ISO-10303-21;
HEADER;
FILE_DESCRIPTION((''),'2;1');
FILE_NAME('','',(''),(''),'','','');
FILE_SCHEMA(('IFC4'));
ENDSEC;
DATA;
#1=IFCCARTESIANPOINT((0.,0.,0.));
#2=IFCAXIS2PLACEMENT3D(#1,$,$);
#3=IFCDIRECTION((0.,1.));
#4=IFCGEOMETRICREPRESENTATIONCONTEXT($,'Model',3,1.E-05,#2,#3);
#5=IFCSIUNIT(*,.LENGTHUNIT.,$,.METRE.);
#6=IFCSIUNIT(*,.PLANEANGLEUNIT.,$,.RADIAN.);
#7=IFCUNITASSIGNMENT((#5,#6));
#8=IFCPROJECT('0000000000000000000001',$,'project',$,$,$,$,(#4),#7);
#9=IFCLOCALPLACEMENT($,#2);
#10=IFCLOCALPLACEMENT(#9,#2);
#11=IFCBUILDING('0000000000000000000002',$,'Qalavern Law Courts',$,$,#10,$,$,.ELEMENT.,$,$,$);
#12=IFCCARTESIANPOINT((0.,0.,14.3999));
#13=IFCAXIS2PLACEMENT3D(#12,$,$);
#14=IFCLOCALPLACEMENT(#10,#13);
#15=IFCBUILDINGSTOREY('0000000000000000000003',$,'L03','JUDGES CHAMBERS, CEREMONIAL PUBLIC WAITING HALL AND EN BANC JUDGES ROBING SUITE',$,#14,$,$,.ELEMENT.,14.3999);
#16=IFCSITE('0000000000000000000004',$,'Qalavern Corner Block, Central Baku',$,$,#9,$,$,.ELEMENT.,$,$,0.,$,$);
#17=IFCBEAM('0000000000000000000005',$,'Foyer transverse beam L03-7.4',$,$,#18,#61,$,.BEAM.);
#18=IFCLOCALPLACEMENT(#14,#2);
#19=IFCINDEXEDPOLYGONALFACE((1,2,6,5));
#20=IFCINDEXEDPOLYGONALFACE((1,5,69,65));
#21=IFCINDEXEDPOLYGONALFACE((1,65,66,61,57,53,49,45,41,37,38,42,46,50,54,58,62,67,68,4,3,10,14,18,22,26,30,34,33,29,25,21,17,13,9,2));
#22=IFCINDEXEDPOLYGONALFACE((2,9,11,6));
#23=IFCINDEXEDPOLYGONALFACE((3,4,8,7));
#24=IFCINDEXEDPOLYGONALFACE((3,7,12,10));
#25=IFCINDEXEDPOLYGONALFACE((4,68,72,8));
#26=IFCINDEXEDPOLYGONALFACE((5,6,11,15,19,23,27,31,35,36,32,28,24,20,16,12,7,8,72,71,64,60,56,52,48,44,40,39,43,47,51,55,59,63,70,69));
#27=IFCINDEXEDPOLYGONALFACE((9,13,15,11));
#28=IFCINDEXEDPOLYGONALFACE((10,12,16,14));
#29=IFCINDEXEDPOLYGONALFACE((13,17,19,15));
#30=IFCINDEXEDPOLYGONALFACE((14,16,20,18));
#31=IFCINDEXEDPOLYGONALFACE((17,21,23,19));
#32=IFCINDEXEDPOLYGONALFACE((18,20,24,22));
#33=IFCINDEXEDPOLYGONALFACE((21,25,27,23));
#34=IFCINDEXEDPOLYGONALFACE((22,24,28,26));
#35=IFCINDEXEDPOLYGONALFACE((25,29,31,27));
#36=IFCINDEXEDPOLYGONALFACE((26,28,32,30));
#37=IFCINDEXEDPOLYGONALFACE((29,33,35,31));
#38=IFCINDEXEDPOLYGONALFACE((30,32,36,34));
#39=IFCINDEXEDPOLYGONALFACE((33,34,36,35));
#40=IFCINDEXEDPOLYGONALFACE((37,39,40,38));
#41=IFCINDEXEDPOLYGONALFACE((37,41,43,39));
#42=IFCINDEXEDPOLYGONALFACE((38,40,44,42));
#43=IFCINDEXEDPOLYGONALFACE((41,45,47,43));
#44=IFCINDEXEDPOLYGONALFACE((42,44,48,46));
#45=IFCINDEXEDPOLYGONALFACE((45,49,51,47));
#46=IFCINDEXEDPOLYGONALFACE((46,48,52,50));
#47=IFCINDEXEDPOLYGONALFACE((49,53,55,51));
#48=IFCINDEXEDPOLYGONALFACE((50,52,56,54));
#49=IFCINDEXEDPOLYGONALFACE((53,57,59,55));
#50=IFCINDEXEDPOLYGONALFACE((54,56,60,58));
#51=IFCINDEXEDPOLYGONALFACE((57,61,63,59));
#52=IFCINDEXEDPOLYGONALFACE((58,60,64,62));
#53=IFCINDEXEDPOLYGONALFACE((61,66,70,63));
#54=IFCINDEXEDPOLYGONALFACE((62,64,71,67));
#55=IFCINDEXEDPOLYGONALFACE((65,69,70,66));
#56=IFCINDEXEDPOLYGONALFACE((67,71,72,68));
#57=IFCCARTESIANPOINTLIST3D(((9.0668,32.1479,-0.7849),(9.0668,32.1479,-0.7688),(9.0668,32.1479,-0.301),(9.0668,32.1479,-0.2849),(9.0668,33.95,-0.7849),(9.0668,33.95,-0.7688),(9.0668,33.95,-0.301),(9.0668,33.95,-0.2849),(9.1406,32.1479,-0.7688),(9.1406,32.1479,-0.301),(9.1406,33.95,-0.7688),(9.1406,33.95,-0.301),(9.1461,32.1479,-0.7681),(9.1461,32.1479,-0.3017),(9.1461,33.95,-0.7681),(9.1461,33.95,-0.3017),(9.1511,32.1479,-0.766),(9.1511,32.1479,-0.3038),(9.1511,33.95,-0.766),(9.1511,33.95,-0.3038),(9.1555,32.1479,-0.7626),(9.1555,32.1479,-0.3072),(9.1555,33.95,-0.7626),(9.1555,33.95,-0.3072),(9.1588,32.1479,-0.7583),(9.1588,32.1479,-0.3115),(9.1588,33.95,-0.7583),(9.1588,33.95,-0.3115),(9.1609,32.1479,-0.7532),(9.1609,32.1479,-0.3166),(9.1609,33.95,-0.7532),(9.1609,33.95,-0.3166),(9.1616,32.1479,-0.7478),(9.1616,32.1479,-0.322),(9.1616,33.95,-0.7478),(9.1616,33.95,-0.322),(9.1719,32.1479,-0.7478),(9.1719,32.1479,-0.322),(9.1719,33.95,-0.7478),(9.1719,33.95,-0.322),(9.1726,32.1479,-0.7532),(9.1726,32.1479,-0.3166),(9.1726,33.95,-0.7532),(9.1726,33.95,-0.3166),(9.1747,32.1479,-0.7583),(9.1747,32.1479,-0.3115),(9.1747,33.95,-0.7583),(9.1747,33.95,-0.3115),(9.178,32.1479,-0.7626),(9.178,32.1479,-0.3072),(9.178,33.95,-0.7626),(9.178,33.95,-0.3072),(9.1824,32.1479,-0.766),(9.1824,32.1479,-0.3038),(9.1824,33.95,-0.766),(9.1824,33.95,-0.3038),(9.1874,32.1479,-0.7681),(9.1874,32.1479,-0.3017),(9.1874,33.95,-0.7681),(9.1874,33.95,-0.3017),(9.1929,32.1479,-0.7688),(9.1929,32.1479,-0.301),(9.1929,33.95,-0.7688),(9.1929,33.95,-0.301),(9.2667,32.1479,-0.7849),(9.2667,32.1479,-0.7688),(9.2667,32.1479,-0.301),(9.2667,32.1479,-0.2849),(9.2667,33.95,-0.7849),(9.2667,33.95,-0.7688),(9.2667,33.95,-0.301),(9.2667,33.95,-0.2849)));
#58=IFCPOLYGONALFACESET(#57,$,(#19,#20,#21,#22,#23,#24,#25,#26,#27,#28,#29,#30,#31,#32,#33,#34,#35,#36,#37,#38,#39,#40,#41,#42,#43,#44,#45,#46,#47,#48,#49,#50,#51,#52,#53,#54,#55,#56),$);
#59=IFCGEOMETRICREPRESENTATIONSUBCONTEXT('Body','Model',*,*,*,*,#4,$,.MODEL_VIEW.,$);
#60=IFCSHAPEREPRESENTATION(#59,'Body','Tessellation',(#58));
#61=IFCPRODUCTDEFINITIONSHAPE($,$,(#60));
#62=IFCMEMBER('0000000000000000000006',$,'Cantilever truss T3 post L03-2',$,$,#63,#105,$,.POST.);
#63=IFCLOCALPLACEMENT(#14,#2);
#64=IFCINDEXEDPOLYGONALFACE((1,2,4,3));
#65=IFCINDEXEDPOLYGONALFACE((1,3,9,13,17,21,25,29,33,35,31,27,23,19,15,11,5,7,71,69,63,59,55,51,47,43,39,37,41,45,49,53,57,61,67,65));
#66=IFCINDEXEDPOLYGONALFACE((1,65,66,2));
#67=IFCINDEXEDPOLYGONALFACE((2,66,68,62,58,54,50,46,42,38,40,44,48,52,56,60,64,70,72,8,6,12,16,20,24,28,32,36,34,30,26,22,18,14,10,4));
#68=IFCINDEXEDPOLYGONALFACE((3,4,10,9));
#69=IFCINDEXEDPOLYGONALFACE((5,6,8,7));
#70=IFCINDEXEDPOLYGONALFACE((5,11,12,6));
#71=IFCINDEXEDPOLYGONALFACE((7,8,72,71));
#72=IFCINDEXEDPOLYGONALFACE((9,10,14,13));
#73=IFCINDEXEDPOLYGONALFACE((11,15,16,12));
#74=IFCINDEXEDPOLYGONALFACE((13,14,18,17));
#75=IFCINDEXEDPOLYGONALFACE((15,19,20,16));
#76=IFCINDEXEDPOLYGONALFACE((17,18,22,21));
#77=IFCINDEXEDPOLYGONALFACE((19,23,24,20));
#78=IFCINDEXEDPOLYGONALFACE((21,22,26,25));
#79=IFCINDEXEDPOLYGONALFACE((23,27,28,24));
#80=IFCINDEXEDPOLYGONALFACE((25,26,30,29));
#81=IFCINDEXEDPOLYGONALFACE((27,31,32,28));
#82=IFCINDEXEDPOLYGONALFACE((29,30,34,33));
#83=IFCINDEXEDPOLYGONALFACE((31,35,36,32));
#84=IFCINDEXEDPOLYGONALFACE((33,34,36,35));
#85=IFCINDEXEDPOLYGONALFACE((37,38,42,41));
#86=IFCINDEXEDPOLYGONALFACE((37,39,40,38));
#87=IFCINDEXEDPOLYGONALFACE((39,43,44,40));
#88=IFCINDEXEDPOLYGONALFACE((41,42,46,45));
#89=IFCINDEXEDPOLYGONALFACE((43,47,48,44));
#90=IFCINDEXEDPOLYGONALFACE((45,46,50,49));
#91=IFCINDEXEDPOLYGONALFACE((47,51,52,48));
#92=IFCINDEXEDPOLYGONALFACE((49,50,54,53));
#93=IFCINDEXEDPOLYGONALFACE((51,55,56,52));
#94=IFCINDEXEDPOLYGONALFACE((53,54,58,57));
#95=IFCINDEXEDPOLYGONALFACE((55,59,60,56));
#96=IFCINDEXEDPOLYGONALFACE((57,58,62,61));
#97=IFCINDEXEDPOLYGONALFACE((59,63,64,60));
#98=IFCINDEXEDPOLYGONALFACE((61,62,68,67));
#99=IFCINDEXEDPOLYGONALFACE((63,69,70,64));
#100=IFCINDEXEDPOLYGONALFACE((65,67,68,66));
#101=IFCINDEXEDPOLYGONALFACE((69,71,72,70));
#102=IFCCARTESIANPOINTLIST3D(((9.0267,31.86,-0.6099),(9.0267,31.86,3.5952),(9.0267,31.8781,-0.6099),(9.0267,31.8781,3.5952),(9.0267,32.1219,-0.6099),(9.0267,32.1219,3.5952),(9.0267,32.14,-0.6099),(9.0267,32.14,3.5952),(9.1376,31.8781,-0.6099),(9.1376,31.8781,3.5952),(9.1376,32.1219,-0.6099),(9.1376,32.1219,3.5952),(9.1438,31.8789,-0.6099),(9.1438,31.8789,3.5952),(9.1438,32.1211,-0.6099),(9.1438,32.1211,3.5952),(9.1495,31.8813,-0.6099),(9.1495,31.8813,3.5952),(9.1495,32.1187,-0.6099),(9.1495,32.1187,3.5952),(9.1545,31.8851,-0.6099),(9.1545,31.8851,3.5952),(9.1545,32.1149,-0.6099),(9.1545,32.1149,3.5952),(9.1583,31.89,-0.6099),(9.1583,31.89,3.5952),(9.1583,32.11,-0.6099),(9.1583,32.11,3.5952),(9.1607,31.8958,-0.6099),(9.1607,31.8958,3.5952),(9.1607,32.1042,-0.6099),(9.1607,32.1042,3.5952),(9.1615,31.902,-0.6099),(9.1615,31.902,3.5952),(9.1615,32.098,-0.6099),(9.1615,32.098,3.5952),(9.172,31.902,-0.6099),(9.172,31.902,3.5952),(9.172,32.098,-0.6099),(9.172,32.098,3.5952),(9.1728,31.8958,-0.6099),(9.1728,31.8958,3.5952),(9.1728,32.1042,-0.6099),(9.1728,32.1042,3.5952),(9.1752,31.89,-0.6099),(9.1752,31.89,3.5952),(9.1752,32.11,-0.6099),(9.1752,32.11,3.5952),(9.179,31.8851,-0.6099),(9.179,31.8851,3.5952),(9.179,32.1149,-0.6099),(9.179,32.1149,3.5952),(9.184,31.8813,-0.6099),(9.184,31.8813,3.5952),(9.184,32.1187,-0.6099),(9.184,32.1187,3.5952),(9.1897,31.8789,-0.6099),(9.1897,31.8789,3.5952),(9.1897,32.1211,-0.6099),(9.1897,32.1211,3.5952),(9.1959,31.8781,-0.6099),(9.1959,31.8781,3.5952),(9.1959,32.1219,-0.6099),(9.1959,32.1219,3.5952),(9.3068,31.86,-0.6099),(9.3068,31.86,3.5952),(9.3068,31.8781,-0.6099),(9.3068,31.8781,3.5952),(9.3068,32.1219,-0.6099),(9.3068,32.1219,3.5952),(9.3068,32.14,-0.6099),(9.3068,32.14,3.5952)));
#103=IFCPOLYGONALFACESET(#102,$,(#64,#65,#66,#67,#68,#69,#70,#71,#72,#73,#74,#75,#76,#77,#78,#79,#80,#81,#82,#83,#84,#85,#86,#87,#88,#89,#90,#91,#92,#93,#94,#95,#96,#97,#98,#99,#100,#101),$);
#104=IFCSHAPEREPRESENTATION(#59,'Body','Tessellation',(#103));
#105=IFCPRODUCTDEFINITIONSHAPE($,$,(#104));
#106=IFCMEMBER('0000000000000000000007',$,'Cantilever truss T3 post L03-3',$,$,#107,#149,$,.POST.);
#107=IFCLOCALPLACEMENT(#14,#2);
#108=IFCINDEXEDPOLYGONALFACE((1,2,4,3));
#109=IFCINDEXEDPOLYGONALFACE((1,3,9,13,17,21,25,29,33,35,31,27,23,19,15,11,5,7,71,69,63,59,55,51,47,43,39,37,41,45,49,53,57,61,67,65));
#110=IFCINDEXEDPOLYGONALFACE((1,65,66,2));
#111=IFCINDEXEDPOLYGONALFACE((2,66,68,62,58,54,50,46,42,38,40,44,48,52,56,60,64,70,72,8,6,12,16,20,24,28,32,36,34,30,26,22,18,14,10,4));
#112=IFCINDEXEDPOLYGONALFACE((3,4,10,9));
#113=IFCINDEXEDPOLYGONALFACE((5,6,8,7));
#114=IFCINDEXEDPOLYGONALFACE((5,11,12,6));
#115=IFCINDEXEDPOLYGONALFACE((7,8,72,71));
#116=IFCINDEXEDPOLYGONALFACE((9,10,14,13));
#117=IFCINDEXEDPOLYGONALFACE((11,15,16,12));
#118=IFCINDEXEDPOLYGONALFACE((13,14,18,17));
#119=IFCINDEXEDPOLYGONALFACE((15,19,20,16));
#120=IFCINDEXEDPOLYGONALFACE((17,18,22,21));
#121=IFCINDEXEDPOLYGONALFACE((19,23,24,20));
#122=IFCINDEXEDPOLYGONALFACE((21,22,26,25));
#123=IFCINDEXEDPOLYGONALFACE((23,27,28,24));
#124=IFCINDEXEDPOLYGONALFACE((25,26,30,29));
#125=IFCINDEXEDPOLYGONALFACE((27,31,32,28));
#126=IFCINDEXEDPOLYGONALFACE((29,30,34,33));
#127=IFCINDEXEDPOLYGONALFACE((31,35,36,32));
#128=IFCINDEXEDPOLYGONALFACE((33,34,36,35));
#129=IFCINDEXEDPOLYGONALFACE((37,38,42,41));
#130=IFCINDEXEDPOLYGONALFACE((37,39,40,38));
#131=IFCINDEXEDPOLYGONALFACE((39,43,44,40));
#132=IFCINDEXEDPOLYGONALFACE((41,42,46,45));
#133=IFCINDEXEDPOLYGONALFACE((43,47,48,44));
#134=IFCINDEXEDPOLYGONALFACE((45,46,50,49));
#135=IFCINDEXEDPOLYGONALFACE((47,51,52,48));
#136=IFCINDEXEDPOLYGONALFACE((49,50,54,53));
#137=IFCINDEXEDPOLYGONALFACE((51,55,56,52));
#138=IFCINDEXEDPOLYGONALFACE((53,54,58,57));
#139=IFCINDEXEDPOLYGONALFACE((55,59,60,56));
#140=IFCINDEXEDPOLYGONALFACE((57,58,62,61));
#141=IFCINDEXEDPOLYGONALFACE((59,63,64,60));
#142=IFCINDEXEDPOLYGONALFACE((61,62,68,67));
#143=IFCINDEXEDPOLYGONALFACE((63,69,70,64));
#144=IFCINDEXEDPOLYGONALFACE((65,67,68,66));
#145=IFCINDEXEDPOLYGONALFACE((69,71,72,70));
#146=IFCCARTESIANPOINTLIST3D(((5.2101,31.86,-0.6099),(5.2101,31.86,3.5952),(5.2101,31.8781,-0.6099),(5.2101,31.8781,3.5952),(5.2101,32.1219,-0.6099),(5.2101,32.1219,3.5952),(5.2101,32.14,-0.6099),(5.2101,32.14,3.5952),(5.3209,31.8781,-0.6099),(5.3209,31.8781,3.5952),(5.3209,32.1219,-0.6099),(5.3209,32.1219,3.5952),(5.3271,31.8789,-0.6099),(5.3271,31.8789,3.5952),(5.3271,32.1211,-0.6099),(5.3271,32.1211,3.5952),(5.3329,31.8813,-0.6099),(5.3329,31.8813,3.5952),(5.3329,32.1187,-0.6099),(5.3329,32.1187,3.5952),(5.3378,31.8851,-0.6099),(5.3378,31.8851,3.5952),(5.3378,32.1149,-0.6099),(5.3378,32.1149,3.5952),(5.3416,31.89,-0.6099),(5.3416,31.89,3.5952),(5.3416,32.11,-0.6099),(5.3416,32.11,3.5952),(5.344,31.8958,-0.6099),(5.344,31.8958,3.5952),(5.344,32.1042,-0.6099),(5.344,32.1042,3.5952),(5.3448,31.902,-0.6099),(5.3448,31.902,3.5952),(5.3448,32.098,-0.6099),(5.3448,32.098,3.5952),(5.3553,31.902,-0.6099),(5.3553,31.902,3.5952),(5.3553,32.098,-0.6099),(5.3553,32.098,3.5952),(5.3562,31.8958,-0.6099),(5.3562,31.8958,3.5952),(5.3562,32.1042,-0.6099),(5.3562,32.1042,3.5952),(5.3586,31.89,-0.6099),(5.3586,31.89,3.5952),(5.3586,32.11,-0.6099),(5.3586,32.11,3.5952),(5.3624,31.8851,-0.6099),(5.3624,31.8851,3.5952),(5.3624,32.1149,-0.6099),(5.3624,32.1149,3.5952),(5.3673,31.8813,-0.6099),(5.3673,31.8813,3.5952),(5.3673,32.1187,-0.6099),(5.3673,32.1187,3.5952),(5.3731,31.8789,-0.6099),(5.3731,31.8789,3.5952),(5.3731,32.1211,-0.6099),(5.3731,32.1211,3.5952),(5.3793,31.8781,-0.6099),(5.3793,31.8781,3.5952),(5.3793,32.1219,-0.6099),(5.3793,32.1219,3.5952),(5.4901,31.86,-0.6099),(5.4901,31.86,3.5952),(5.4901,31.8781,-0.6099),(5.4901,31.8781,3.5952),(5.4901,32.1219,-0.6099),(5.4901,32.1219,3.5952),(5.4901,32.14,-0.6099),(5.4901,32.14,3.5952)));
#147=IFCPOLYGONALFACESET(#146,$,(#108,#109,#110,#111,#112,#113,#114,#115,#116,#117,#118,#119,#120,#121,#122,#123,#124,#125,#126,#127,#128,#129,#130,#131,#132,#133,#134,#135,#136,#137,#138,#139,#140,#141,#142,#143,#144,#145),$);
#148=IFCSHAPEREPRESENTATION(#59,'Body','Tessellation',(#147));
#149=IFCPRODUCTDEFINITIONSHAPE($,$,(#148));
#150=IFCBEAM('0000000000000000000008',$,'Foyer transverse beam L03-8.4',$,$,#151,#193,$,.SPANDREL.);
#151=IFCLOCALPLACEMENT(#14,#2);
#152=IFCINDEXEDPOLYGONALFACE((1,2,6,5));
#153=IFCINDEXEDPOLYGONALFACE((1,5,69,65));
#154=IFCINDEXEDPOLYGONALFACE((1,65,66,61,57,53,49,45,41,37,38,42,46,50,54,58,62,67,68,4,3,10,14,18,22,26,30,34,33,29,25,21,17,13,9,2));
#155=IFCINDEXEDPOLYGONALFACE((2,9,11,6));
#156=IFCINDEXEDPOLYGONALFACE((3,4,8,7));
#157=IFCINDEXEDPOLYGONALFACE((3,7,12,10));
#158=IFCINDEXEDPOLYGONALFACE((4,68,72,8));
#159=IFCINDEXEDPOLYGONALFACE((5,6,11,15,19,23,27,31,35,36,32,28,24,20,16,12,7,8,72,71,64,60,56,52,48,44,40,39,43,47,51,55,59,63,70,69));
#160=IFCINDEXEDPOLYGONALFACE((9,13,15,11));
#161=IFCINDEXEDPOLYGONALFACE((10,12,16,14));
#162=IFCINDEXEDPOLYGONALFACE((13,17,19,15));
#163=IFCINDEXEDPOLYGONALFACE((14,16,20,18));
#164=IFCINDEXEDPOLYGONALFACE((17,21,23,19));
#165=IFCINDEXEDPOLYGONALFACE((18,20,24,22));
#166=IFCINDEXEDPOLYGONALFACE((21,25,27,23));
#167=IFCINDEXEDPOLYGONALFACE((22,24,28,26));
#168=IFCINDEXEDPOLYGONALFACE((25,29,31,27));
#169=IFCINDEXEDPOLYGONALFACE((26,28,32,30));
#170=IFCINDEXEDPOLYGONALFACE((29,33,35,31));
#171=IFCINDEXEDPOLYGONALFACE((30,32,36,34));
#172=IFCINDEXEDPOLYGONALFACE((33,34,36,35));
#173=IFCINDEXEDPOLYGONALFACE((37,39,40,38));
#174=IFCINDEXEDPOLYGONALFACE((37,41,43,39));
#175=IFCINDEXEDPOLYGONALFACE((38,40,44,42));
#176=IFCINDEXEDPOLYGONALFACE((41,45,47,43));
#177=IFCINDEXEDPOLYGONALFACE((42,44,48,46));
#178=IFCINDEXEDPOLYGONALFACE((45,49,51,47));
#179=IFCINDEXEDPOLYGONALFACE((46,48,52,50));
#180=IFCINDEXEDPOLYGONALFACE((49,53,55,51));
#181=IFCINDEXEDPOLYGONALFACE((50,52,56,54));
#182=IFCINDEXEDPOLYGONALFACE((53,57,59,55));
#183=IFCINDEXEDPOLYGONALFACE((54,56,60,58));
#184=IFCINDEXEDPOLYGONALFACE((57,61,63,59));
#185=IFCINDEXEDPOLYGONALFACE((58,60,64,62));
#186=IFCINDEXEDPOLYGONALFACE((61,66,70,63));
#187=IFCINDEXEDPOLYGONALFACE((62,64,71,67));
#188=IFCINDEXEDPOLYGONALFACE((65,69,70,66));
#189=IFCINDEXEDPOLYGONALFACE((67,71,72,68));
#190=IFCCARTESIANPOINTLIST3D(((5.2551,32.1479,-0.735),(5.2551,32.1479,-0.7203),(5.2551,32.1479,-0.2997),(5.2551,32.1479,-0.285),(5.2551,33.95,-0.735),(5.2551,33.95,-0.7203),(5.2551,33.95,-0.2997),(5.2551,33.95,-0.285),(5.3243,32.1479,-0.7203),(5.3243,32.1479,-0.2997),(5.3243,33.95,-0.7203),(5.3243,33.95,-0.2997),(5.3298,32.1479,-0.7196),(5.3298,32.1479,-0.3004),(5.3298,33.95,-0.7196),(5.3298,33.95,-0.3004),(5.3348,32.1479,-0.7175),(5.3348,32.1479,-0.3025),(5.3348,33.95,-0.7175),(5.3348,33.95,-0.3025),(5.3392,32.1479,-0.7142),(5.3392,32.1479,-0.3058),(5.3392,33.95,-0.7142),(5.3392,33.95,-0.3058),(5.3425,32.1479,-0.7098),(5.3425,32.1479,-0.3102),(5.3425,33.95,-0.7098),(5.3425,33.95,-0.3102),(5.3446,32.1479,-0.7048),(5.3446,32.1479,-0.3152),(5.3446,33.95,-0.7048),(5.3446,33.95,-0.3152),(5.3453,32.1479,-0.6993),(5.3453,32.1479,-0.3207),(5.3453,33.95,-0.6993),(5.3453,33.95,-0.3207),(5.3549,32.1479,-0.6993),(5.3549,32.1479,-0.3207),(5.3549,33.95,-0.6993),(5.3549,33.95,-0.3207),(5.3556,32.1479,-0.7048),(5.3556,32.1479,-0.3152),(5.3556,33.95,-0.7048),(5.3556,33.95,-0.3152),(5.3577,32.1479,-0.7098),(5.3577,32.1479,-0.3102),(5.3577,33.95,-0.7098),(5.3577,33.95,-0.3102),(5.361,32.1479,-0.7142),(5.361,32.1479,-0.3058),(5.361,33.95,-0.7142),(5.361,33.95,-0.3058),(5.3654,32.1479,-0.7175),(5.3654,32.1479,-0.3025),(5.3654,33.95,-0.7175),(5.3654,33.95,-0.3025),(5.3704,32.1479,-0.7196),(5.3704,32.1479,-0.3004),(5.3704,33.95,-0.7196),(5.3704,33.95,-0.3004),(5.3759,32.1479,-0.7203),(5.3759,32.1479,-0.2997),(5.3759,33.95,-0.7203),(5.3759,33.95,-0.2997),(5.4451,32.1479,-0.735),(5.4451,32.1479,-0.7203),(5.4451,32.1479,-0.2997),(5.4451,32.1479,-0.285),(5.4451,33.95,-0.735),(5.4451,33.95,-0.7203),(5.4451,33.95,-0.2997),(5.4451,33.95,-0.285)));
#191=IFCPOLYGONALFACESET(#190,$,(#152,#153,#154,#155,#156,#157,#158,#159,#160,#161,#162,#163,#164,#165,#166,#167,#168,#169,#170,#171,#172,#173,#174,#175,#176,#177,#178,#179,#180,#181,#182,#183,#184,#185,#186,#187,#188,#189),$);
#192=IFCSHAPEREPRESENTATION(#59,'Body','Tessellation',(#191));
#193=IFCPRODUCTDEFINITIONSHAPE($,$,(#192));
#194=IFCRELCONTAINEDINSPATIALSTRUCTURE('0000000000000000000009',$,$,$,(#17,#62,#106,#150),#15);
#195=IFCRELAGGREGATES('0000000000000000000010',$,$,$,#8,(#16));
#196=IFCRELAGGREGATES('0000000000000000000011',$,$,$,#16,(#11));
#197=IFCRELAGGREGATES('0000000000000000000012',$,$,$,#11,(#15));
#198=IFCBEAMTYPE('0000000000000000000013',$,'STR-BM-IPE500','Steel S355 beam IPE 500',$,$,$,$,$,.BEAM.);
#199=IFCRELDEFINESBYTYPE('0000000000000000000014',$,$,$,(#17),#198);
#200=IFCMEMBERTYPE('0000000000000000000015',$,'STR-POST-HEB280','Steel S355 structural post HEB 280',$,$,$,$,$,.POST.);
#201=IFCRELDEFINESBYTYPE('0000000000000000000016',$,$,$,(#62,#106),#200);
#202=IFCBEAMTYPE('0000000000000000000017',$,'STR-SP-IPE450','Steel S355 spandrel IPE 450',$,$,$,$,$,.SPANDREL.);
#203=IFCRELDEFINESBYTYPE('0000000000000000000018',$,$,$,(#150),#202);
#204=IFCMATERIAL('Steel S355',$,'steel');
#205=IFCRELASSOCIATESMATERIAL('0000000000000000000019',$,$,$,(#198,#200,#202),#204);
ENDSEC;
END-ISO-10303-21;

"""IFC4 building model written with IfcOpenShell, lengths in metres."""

from ifc_helpers import new_model, si_unit, direction, frame, origin, origin_2d, place, context, subcontext, project, spatial, i_section, extrude, material, material_profile, profile_set, type_object, element, save


model = new_model("IFC4")

# Units and contexts
model_context = context("Model", 3, precision=1e-05, world=origin(), true_north=direction((0.0, 1.0)))
body_context = subcontext(model_context, "Body", "Model", "MODEL_VIEW")
ifc_project = project(units=[si_unit("LENGTHUNIT", "METRE"), si_unit("PLANEANGLEUNIT", "RADIAN")], contexts=[model_context])

# Site, building, storey
site_placement = place(None, origin())
site = spatial("IfcSite", under=ifc_project, at=site_placement, Name="Qalavern Corner Block, Central Baku", CompositionType="ELEMENT", RefElevation=0.0)
building_placement = place(site_placement, origin())
building = spatial("IfcBuilding", under=site, at=building_placement, Name="Qalavern Law Courts", CompositionType="ELEMENT")
storey_placement = place(building_placement, frame((0.0, 0.0, 14.3999)))
storey = spatial("IfcBuildingStorey", under=building, at=storey_placement, Name="L03", Description="JUDGES CHAMBERS, CEREMONIAL PUBLIC WAITING HALL AND EN BANC JUDGES ROBING SUITE", CompositionType="ELEMENT", Elevation=14.3999)

# Beam
ifc_material_1 = material(Name="Steel S355", Category="steel")
ifc_material_profile_1 = material_profile(ifc_material_1, i_section(OverallWidth=0.2, OverallDepth=0.5, WebThickness=0.0103, FlangeThickness=0.0161, FilletRadius=0.021, at=origin_2d()), Name="IPE 500")
ifc_profile_set_1 = profile_set([ifc_material_profile_1], Name="Steel S355")
beam_type_1 = type_object("IfcBeamType", Name="STR-BM-IPE500", Description="Steel S355 beam IPE 500", PredefinedType="BEAM", material=ifc_profile_set_1)
beam_1_placement = place(storey_placement, frame((9.1667, 32.1479, -0.5349), z_axis=(0.0, 1.0, 0.0), x_axis=(-1.0, 0.0, 0.0)))
element("IfcBeam", 1, at=beam_1_placement, inside=storey, type_object=beam_type_1, Name="Foyer transverse beam L03-7.4", PredefinedType="BEAM", context=body_context, shape_type="SweptSolid", body=[
    extrude(i_section(OverallWidth=0.2, OverallDepth=0.5, WebThickness=0.0103, FlangeThickness=0.0161, FilletRadius=0.021, at=origin_2d()), origin(), (0.0, 0.0, 1.0), 1.802),
])

# Members
ifc_material_profile_2 = material_profile(ifc_material_1, i_section(OverallWidth=0.28, OverallDepth=0.28, WebThickness=0.0105, FlangeThickness=0.0181, FilletRadius=0.0239, at=origin_2d()), Name="HEB 280")
ifc_profile_set_2 = profile_set([ifc_material_profile_2], Name="Steel S355")
member_type_1 = type_object("IfcMemberType", Name="STR-POST-HEB280", Description="Steel S355 structural post HEB 280", PredefinedType="POST", material=ifc_profile_set_2)
for number, where, z_axis, x_axis, name in (
    (2, (9.1667, 32.0, -0.6099), (0.0, 0.0, 1.0), (1.0, 0.0, 0.0), "Cantilever truss T3 post L03-2"),
    (3, (5.3501, 32.0, -0.6099), (0.0, 0.0, 1.0), (1.0, 0.0, 0.0), "Cantilever truss T3 post L03-3"),
):
    element("IfcMember", number, at=place(storey_placement, frame(where, z_axis=z_axis, x_axis=x_axis)), inside=storey, type_object=member_type_1, Name=name, PredefinedType="POST", context=body_context, shape_type="SweptSolid", body=[
        extrude(i_section(OverallWidth=0.28, OverallDepth=0.28, WebThickness=0.0105, FlangeThickness=0.0181, FilletRadius=0.0239, at=origin_2d()), origin(), (0.0, 0.0, 1.0), 4.2051),
    ])

# Beam
ifc_material_profile_3 = material_profile(ifc_material_1, i_section(OverallWidth=0.1899, OverallDepth=0.45, WebThickness=0.0095, FlangeThickness=0.0146, FilletRadius=0.021, at=origin_2d()), Name="IPE 450")
ifc_profile_set_3 = profile_set([ifc_material_profile_3], Name="Steel S355")
beam_type_2 = type_object("IfcBeamType", Name="STR-SP-IPE450", Description="Steel S355 spandrel IPE 450", PredefinedType="SPANDREL", material=ifc_profile_set_3)
beam_2_placement = place(storey_placement, frame((5.3501, 32.1479, -0.51), z_axis=(0.0, 1.0, 0.0), x_axis=(-1.0, 0.0, 0.0)))
element("IfcBeam", 4, at=beam_2_placement, inside=storey, type_object=beam_type_2, Name="Foyer transverse beam L03-8.4", PredefinedType="SPANDREL", context=body_context, shape_type="SweptSolid", body=[
    extrude(i_section(OverallWidth=0.1899, OverallDepth=0.45, WebThickness=0.0095, FlangeThickness=0.0146, FilletRadius=0.021, at=origin_2d()), origin(), (0.0, 0.0, 1.0), 1.802),
])

save(model, "model.ifc")
